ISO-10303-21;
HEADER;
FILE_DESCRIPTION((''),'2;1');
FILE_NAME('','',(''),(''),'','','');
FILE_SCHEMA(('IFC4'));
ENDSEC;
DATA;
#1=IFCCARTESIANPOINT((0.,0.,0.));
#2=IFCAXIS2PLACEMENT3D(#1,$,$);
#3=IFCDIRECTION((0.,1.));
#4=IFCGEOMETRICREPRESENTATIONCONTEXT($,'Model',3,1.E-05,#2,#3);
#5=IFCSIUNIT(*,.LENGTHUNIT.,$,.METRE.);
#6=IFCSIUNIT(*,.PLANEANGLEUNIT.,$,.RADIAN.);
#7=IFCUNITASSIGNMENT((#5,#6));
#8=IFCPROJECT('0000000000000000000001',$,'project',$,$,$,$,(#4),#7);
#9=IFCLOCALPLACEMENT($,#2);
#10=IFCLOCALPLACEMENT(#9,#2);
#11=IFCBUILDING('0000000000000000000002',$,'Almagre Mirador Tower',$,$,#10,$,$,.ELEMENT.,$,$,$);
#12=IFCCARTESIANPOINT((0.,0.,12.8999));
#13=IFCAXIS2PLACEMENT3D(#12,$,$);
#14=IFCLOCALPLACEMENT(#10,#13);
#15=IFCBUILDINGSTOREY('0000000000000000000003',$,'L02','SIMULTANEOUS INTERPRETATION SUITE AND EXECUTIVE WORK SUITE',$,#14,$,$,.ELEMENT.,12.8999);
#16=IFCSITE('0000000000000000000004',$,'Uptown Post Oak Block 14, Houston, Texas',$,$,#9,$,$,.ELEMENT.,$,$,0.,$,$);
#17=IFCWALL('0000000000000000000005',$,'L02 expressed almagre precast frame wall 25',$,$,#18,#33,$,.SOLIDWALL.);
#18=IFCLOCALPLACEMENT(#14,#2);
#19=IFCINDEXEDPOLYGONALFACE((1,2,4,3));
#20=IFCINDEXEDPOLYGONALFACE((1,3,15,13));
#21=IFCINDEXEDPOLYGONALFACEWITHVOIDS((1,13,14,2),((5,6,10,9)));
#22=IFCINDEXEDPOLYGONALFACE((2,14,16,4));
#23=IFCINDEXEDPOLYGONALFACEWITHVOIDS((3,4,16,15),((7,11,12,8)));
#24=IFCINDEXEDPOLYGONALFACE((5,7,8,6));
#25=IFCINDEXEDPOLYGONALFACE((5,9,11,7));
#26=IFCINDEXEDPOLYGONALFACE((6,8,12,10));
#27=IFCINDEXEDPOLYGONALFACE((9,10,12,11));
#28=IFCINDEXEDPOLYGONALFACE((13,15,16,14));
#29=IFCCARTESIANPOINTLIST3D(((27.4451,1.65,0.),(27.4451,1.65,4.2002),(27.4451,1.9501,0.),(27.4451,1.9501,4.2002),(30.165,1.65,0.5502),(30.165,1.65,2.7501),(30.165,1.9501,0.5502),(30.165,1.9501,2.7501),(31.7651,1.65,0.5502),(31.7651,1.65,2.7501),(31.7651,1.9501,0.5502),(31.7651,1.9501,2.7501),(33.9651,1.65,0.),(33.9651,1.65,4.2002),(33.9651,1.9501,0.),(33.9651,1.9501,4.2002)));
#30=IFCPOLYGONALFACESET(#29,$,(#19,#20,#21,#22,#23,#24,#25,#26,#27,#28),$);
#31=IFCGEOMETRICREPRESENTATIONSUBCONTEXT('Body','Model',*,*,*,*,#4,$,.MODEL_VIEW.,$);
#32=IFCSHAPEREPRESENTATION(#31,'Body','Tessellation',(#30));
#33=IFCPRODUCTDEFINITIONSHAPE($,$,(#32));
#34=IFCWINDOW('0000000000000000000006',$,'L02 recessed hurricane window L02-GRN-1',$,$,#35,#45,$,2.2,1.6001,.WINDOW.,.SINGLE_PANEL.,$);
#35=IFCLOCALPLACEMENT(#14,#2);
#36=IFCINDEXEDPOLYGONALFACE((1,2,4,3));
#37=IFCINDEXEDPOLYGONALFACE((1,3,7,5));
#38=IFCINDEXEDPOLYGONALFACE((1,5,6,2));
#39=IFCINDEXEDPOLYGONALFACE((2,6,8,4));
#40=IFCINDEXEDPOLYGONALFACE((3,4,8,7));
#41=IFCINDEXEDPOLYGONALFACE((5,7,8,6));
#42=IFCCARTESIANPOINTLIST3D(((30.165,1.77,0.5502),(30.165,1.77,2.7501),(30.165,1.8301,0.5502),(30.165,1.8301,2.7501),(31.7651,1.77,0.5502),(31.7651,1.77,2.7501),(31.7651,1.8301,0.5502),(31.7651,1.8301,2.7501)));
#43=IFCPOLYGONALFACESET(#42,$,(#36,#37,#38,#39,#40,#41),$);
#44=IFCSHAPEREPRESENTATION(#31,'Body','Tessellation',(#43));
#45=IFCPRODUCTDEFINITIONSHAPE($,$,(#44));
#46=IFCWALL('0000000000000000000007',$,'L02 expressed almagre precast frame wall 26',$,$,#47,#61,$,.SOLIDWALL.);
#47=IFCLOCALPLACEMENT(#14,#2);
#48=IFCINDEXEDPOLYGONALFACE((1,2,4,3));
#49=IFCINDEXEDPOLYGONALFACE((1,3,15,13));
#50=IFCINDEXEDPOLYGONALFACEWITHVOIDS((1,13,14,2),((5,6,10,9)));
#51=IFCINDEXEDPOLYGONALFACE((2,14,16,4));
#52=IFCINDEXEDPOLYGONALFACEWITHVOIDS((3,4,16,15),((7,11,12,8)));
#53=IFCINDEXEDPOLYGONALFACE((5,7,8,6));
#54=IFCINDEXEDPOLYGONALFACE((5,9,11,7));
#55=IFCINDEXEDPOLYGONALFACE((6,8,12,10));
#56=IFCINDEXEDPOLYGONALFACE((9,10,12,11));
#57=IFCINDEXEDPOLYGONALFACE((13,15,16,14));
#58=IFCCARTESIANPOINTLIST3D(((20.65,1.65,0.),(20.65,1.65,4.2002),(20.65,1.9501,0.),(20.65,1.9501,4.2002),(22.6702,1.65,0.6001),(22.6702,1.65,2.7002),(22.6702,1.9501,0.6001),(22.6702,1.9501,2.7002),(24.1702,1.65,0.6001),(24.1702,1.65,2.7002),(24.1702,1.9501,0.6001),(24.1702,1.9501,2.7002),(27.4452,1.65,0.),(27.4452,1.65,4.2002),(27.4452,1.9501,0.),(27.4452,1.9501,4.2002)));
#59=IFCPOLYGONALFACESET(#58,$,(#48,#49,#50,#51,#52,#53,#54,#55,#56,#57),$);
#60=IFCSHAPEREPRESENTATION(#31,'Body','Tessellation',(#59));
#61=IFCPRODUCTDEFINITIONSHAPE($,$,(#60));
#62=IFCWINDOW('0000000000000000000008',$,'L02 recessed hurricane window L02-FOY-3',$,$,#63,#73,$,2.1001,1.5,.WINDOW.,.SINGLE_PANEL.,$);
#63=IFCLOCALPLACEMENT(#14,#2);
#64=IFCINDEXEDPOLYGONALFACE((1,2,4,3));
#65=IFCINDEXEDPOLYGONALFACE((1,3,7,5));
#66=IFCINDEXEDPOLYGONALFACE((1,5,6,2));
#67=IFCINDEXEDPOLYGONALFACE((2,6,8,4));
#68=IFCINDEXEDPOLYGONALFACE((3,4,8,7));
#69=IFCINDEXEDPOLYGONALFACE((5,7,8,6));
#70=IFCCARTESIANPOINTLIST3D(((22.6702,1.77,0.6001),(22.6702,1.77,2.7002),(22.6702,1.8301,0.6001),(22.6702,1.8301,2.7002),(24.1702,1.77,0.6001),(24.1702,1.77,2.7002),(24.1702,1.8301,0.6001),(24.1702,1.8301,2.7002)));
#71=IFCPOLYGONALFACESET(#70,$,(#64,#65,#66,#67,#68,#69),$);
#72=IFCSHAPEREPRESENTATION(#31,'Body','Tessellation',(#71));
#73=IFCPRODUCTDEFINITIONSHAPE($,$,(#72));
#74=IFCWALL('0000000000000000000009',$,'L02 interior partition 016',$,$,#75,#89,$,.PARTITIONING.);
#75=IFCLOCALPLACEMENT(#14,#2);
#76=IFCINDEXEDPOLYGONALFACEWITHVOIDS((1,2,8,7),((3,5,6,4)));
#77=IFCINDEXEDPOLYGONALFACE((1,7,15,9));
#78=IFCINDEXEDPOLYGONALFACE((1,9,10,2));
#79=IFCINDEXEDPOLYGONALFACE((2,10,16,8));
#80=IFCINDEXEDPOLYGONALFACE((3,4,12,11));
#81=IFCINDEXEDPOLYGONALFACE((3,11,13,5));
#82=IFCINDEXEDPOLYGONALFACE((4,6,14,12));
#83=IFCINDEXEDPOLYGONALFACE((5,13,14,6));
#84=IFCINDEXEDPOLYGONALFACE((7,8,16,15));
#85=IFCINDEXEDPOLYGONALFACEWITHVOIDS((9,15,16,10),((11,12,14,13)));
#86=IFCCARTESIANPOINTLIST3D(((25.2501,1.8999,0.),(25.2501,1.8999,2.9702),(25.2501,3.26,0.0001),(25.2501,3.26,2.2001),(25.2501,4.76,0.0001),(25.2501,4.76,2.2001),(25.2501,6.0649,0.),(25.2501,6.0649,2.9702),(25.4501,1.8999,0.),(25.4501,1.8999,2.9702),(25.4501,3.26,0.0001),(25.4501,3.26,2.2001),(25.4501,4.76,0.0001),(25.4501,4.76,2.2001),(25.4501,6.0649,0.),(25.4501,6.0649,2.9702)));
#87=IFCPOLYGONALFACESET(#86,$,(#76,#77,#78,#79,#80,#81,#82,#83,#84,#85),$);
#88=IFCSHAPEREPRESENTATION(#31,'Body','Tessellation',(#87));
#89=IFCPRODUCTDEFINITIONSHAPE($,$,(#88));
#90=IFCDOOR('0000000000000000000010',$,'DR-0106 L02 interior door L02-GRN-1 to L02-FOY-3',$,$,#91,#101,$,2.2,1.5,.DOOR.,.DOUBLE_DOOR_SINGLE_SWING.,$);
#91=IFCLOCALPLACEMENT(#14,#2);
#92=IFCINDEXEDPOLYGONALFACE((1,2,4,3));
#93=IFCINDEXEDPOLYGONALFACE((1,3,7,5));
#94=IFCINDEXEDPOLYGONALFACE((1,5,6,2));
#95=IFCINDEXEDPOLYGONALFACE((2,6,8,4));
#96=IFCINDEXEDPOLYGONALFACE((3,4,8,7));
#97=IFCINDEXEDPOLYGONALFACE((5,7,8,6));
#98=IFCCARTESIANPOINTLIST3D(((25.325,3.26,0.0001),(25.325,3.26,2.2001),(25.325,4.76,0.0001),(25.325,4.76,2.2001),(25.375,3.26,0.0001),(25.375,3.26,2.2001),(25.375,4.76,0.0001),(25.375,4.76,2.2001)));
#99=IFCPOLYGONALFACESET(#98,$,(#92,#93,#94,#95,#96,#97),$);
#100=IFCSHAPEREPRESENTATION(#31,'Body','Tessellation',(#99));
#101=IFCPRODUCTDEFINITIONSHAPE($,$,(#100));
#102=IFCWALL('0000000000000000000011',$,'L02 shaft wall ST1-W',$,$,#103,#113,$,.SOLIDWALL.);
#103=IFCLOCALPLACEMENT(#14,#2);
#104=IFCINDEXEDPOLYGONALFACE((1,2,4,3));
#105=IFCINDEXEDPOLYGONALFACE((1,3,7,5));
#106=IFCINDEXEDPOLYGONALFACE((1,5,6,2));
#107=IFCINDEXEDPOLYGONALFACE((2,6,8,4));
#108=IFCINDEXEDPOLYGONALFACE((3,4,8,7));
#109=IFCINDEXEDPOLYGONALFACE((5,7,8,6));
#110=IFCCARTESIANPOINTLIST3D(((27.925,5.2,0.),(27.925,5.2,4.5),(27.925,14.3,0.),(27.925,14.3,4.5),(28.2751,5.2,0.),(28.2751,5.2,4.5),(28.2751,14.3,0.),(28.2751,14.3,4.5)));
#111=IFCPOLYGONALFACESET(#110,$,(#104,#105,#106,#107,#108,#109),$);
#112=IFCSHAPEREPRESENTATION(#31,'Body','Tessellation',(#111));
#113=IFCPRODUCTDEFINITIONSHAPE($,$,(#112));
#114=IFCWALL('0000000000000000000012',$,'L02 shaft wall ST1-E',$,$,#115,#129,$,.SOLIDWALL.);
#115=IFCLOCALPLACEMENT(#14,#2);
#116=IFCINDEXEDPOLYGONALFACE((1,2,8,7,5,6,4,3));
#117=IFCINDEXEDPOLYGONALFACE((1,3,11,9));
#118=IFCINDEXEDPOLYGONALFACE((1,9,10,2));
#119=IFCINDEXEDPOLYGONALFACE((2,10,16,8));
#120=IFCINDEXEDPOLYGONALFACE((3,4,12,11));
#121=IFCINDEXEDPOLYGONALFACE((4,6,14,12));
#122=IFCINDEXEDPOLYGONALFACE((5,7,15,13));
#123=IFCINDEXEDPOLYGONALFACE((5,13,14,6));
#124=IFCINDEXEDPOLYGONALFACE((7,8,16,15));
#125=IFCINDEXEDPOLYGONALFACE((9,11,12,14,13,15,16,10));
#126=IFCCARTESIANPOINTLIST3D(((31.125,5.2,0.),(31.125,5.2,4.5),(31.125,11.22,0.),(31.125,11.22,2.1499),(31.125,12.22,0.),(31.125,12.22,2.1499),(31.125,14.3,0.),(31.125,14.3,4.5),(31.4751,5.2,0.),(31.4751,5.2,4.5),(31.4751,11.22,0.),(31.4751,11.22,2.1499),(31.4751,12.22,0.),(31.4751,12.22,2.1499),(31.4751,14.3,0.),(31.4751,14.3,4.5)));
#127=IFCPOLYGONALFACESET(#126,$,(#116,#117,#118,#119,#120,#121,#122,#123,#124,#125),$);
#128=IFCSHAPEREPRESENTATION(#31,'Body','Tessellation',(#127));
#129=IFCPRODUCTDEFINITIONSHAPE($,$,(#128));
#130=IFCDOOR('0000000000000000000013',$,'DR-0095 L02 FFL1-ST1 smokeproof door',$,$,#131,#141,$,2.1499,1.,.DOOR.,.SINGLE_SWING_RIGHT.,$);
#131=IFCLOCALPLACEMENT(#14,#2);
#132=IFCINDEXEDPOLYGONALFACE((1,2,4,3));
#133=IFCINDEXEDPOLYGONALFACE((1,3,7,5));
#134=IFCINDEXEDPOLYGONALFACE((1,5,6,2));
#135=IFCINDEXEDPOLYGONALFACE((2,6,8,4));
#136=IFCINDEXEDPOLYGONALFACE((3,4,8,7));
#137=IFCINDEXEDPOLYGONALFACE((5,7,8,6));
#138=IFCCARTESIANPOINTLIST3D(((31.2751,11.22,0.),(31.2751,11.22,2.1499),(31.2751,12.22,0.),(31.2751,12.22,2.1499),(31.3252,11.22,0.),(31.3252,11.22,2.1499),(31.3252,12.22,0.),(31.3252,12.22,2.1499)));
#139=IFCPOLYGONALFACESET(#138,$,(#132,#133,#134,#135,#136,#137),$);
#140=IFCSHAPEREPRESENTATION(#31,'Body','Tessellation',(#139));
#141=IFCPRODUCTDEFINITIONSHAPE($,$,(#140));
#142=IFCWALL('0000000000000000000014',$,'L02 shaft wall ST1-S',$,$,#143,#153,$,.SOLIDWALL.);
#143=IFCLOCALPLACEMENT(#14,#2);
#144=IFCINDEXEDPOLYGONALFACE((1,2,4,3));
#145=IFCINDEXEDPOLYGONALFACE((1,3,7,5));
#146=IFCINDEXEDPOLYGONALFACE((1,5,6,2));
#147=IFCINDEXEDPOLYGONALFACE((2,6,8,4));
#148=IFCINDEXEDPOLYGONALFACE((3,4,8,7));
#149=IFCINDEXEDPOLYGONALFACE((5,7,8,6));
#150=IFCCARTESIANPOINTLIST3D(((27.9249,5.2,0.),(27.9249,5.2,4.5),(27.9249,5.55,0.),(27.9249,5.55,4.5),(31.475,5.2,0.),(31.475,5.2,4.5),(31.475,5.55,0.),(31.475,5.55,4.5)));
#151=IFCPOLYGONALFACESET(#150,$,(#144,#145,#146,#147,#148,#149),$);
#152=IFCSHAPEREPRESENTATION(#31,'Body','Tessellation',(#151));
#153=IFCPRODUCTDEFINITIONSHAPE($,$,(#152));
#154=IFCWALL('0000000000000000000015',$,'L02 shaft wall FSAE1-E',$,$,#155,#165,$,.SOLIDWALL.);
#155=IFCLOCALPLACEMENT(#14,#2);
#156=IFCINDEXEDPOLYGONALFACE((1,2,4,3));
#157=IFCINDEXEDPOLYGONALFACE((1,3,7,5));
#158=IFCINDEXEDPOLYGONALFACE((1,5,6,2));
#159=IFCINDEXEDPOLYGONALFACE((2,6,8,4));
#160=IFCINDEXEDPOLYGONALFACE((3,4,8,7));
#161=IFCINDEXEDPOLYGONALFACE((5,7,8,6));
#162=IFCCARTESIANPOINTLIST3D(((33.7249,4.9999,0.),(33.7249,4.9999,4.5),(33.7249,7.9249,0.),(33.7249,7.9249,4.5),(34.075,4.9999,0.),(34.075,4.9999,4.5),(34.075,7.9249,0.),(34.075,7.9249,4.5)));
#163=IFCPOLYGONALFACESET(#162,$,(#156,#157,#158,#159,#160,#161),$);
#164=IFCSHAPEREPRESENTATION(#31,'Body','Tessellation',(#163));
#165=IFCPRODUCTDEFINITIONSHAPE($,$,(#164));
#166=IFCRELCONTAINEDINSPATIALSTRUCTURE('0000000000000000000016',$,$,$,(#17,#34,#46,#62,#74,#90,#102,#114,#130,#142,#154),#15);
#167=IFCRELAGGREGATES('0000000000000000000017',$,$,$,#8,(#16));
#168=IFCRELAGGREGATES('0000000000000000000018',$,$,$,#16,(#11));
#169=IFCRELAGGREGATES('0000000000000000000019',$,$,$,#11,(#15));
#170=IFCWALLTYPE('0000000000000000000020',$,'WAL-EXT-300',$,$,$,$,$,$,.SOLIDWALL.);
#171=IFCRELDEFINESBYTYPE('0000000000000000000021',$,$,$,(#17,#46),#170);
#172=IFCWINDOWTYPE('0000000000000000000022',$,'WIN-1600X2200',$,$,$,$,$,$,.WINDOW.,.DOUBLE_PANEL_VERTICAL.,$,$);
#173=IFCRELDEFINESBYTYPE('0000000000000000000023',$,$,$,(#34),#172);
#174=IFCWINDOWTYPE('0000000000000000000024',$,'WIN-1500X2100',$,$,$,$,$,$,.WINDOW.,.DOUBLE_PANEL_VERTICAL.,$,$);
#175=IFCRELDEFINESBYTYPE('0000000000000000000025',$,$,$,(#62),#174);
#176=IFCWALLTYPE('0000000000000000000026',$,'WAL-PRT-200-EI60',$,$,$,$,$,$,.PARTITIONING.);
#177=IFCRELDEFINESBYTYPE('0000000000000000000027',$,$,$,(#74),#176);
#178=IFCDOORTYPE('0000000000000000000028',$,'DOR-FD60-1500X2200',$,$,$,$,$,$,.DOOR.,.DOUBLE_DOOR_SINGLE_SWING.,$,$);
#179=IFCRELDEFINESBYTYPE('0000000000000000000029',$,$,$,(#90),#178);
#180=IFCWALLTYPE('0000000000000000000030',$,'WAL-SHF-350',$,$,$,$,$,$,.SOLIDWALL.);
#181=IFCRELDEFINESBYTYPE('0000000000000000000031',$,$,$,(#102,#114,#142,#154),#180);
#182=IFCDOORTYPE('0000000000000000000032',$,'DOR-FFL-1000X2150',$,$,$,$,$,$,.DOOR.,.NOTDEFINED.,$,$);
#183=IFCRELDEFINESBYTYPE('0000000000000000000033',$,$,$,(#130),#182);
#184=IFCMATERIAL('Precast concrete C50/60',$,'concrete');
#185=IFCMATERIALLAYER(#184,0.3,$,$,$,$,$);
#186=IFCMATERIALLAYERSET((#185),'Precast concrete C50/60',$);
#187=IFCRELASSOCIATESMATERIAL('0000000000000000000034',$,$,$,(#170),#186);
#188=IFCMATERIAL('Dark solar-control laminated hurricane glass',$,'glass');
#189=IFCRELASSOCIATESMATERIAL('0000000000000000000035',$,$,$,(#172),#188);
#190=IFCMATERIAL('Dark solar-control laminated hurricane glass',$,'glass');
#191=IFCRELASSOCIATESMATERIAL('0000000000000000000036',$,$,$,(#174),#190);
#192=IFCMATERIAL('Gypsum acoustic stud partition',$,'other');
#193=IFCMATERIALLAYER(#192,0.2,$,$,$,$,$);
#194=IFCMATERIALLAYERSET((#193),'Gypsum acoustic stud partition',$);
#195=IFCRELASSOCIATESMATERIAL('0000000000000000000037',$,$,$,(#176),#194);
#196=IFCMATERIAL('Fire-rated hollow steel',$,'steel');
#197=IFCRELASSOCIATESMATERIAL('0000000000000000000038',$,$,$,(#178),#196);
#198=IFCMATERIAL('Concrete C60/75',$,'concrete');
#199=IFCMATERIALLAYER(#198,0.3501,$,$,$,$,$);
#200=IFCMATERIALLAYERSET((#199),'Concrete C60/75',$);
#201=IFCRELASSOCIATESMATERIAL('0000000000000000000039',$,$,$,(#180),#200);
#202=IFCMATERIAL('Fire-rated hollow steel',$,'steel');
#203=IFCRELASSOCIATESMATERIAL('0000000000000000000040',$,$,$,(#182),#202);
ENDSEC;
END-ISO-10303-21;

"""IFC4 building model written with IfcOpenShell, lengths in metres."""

from ifc_helpers import new_model, si_unit, direction, frame, frame_2d, origin, place, context, subcontext, project, spatial, rectangle, extrude, material, layer, layer_set, type_object, element, fill, save


model = new_model("IFC4")

# Units and contexts
model_context = context("Model", 3, precision=1e-05, world=origin(), true_north=direction((0.0, 1.0)))
body_context = subcontext(model_context, "Body", "Model", "MODEL_VIEW")
ifc_project = project(units=[si_unit("LENGTHUNIT", "METRE"), si_unit("PLANEANGLEUNIT", "RADIAN")], contexts=[model_context])

# Site, building, storey
site_placement = place(None, origin())
site = spatial("IfcSite", under=ifc_project, at=site_placement, Name="Uptown Post Oak Block 14, Houston, Texas", CompositionType="ELEMENT", RefElevation=0.0)
building_placement = place(site_placement, origin())
building = spatial("IfcBuilding", under=site, at=building_placement, Name="Almagre Mirador Tower", CompositionType="ELEMENT")
storey_placement = place(building_placement, frame((0.0, 0.0, 12.8999)))
storey = spatial("IfcBuildingStorey", under=building, at=storey_placement, Name="L02", Description="SIMULTANEOUS INTERPRETATION SUITE AND EXECUTIVE WORK SUITE", CompositionType="ELEMENT", Elevation=12.8999)

# Walls, openings, windows
ifc_material_1 = material(Name="Precast concrete C50/60", Category="concrete")
ifc_layer_1 = layer(ifc_material_1, 0.3)
ifc_layer_set_1 = layer_set([ifc_layer_1], Name="Precast concrete C50/60")
wall_type_1 = type_object("IfcWallType", Name="WAL-EXT-300", PredefinedType="SOLIDWALL", material=ifc_layer_set_1)
wall_1_placement = place(storey_placement, frame((33.9651, 1.8, 0.0), z_axis=(0.0, 0.0, 1.0), x_axis=(-1.0, 0.0, 0.0)))
wall_1 = element("IfcWall", 1, at=wall_1_placement, inside=storey, type_object=wall_type_1, Name="L02 expressed almagre precast frame wall 25", PredefinedType="SOLIDWALL", context=body_context, shape_type="SweptSolid", body=[
    extrude(rectangle(XDim=6.52, YDim=0.3, at=frame_2d((3.26, 0.0))), origin(), (0.0, 0.0, 1.0), 4.2002),
])
opening_1_placement = place(wall_1_placement, frame((2.2, 0.0, 0.55)))
opening_1 = element("IfcOpeningElement", 2, at=opening_1_placement, cuts=wall_1, PredefinedType="OPENING", context=body_context, shape_type="SweptSolid", body=[
    extrude(rectangle(XDim=1.6001, YDim=2.2, at=frame_2d((0.8, 1.1001))), frame((0.0, 0.1599, 0.0), z_axis=(0.0, -1.0, 0.0), x_axis=(1.0, 0.0, 0.0)), (0.0, 0.0, 1.0), 0.32),
])
ifc_material_2 = material(Name="Dark solar-control laminated hurricane glass", Category="glass")
window_type_1 = type_object("IfcWindowType", Name="WIN-1600X2200", PartitioningType="DOUBLE_PANEL_VERTICAL", PredefinedType="WINDOW", material=ifc_material_2)
window_1_placement = place(opening_1_placement, origin())
window_1 = element("IfcWindow", 3, at=window_1_placement, inside=storey, type_object=window_type_1, Name="L02 recessed hurricane window L02-GRN-1", OverallHeight=2.2, OverallWidth=1.6001, PartitioningType="SINGLE_PANEL", PredefinedType="WINDOW", context=body_context, shape_type="SweptSolid", body=[
    extrude(rectangle(XDim=1.6001, YDim=2.2, at=frame_2d((0.8, 1.1001))), frame((0.0, 0.03, 0.0), z_axis=(0.0, -1.0, 0.0), x_axis=(1.0, 0.0, 0.0)), (0.0, 0.0, 1.0), 0.0601),
])
fill(opening_1, window_1)
wall_2_placement = place(storey_placement, frame((27.4451, 1.8, 0.0), z_axis=(0.0, 0.0, 1.0), x_axis=(-1.0, 0.0, 0.0)))
wall_2 = element("IfcWall", 4, at=wall_2_placement, inside=storey, type_object=wall_type_1, Name="L02 expressed almagre precast frame wall 26", PredefinedType="SOLIDWALL", context=body_context, shape_type="SweptSolid", body=[
    extrude(rectangle(XDim=6.7952, YDim=0.3, at=frame_2d((3.3975, 0.0))), origin(), (0.0, 0.0, 1.0), 4.2002),
])
opening_2_placement = place(wall_2_placement, frame((3.2749, 0.0, 0.6001)))
opening_2 = element("IfcOpeningElement", 5, at=opening_2_placement, cuts=wall_2, PredefinedType="OPENING", context=body_context, shape_type="SweptSolid", body=[
    extrude(rectangle(XDim=1.5, YDim=2.1001, at=frame_2d((0.75, 1.05))), frame((0.0, 0.1599, 0.0), z_axis=(0.0, -1.0, 0.0), x_axis=(1.0, 0.0, 0.0)), (0.0, 0.0, 1.0), 0.32),
])
ifc_material_3 = material(Name="Dark solar-control laminated hurricane glass", Category="glass")
window_type_2 = type_object("IfcWindowType", Name="WIN-1500X2100", PartitioningType="DOUBLE_PANEL_VERTICAL", PredefinedType="WINDOW", material=ifc_material_3)
window_2_placement = place(opening_2_placement, origin())
window_2 = element("IfcWindow", 6, at=window_2_placement, inside=storey, type_object=window_type_2, Name="L02 recessed hurricane window L02-FOY-3", OverallHeight=2.1001, OverallWidth=1.5, PartitioningType="SINGLE_PANEL", PredefinedType="WINDOW", context=body_context, shape_type="SweptSolid", body=[
    extrude(rectangle(XDim=1.5, YDim=2.1001, at=frame_2d((0.75, 1.05))), frame((0.0, 0.03, 0.0), z_axis=(0.0, -1.0, 0.0), x_axis=(1.0, 0.0, 0.0)), (0.0, 0.0, 1.0), 0.0601),
])
fill(opening_2, window_2)

# Wall, opening, door
ifc_material_4 = material(Name="Gypsum acoustic stud partition", Category="other")
ifc_layer_2 = layer(ifc_material_4, 0.2)
ifc_layer_set_2 = layer_set([ifc_layer_2], Name="Gypsum acoustic stud partition")
wall_type_2 = type_object("IfcWallType", Name="WAL-PRT-200-EI60", PredefinedType="PARTITIONING", material=ifc_layer_set_2)
wall_3_placement = place(storey_placement, frame((25.3501, 6.0649, 0.0), z_axis=(0.0, 0.0, 1.0), x_axis=(0.0, -1.0, 0.0)))
wall_3 = element("IfcWall", 7, at=wall_3_placement, inside=storey, type_object=wall_type_2, Name="L02 interior partition 016", PredefinedType="PARTITIONING", context=body_context, shape_type="SweptSolid", body=[
    extrude(rectangle(XDim=4.165, YDim=0.2, at=frame_2d((2.0825, 0.0))), origin(), (0.0, 0.0, 1.0), 2.9702),
])
opening_3_placement = place(wall_3_placement, frame((1.3049, 0.0, 0.0)))
opening_3 = element("IfcOpeningElement", 8, at=opening_3_placement, cuts=wall_3, PredefinedType="OPENING", context=body_context, shape_type="SweptSolid", body=[
    extrude(rectangle(XDim=1.5, YDim=2.2, at=frame_2d((0.75, 1.1001))), frame((0.0, 0.1101, 0.0), z_axis=(0.0, -1.0, 0.0), x_axis=(1.0, 0.0, 0.0)), (0.0, 0.0, 1.0), 0.22),
])
ifc_material_5 = material(Name="Fire-rated hollow steel", Category="steel")
door_type_1 = type_object("IfcDoorType", Name="DOR-FD60-1500X2200", OperationType="DOUBLE_DOOR_SINGLE_SWING", PredefinedType="DOOR", material=ifc_material_5)
door_1_placement = place(opening_3_placement, origin())
door_1 = element("IfcDoor", 9, at=door_1_placement, inside=storey, type_object=door_type_1, Name="DR-0106 L02 interior door L02-GRN-1 to L02-FOY-3", OperationType="DOUBLE_DOOR_SINGLE_SWING", OverallHeight=2.2, OverallWidth=1.5, PredefinedType="DOOR", context=body_context, shape_type="SweptSolid", body=[
    extrude(rectangle(XDim=1.5, YDim=2.2, at=frame_2d((0.75, 1.1001))), frame((0.0, 0.0249, 0.0), z_axis=(0.0, -1.0, 0.0), x_axis=(1.0, 0.0, 0.0)), (0.0, 0.0, 1.0), 0.05),
])
fill(opening_3, door_1)

# Wall
ifc_material_6 = material(Name="Concrete C60/75", Category="concrete")
ifc_layer_3 = layer(ifc_material_6, 0.3501)
ifc_layer_set_3 = layer_set([ifc_layer_3], Name="Concrete C60/75")
wall_type_3 = type_object("IfcWallType", Name="WAL-SHF-350", PredefinedType="SOLIDWALL", material=ifc_layer_set_3)
wall_4_placement = place(storey_placement, frame((28.1001, 5.2, 0.0), z_axis=(0.0, 0.0, 1.0), x_axis=(0.0, 1.0, 0.0)))
element("IfcWall", 10, at=wall_4_placement, inside=storey, type_object=wall_type_3, Name="L02 shaft wall ST1-W", PredefinedType="SOLIDWALL", context=body_context, shape_type="SweptSolid", body=[
    extrude(rectangle(XDim=9.1001, YDim=0.3501, at=frame_2d((4.55, 0.0))), origin(), (0.0, 0.0, 1.0), 4.5),
])

# Wall, opening, door
wall_5_placement = place(storey_placement, frame((31.3, 5.2, 0.0), z_axis=(0.0, 0.0, 1.0), x_axis=(0.0, 1.0, 0.0)))
wall_5 = element("IfcWall", 11, at=wall_5_placement, inside=storey, type_object=wall_type_3, Name="L02 shaft wall ST1-E", PredefinedType="SOLIDWALL", context=body_context, shape_type="SweptSolid", body=[
    extrude(rectangle(XDim=9.1001, YDim=0.3501, at=frame_2d((4.55, 0.0))), origin(), (0.0, 0.0, 1.0), 4.5),
])
opening_4_placement = place(wall_5_placement, frame((6.02, 0.0, 0.0)))
opening_4 = element("IfcOpeningElement", 12, at=opening_4_placement, cuts=wall_5, PredefinedType="OPENING", context=body_context, shape_type="SweptSolid", body=[
    extrude(rectangle(XDim=1.0, YDim=2.1499, at=frame_2d((0.5, 1.075))), frame((0.0, 0.185, 0.0), z_axis=(0.0, -1.0, 0.0), x_axis=(1.0, 0.0, 0.0)), (0.0, 0.0, 1.0), 0.3701),
])
ifc_material_7 = material(Name="Fire-rated hollow steel", Category="steel")
door_type_2 = type_object("IfcDoorType", Name="DOR-FFL-1000X2150", OperationType="NOTDEFINED", PredefinedType="DOOR", material=ifc_material_7)
door_2_placement = place(opening_4_placement, origin())
door_2 = element("IfcDoor", 13, at=door_2_placement, inside=storey, type_object=door_type_2, Name="DR-0095 L02 FFL1-ST1 smokeproof door", OperationType="SINGLE_SWING_RIGHT", OverallHeight=2.1499, OverallWidth=1.0, PredefinedType="DOOR", context=body_context, shape_type="SweptSolid", body=[
    extrude(rectangle(XDim=1.0, YDim=2.1499, at=frame_2d((0.5, 1.075))), frame((0.0, 0.0249, 0.0), z_axis=(0.0, -1.0, 0.0), x_axis=(1.0, 0.0, 0.0)), (0.0, 0.0, 1.0), 0.05),
])
fill(opening_4, door_2)

# Walls
wall_6_placement = place(storey_placement, frame((27.925, 5.375, 0.0), z_axis=(0.0, 0.0, 1.0), x_axis=(1.0, 0.0, 0.0)))
element("IfcWall", 14, at=wall_6_placement, inside=storey, type_object=wall_type_3, Name="L02 shaft wall ST1-S", PredefinedType="SOLIDWALL", context=body_context, shape_type="SweptSolid", body=[
    extrude(rectangle(XDim=3.55, YDim=0.3501, at=frame_2d((1.7749, 0.0))), origin(), (0.0, 0.0, 1.0), 4.5),
])
wall_7_placement = place(storey_placement, frame((33.8999, 5.0, 0.0), z_axis=(0.0, 0.0, 1.0), x_axis=(0.0, 1.0, 0.0)))
element("IfcWall", 15, at=wall_7_placement, inside=storey, type_object=wall_type_3, Name="L02 shaft wall FSAE1-E", PredefinedType="SOLIDWALL", context=body_context, shape_type="SweptSolid", body=[
    extrude(rectangle(XDim=2.925, YDim=0.3501, at=frame_2d((1.4624, 0.0))), origin(), (0.0, 0.0, 1.0), 4.5),
])

save(model, "model.ifc")
